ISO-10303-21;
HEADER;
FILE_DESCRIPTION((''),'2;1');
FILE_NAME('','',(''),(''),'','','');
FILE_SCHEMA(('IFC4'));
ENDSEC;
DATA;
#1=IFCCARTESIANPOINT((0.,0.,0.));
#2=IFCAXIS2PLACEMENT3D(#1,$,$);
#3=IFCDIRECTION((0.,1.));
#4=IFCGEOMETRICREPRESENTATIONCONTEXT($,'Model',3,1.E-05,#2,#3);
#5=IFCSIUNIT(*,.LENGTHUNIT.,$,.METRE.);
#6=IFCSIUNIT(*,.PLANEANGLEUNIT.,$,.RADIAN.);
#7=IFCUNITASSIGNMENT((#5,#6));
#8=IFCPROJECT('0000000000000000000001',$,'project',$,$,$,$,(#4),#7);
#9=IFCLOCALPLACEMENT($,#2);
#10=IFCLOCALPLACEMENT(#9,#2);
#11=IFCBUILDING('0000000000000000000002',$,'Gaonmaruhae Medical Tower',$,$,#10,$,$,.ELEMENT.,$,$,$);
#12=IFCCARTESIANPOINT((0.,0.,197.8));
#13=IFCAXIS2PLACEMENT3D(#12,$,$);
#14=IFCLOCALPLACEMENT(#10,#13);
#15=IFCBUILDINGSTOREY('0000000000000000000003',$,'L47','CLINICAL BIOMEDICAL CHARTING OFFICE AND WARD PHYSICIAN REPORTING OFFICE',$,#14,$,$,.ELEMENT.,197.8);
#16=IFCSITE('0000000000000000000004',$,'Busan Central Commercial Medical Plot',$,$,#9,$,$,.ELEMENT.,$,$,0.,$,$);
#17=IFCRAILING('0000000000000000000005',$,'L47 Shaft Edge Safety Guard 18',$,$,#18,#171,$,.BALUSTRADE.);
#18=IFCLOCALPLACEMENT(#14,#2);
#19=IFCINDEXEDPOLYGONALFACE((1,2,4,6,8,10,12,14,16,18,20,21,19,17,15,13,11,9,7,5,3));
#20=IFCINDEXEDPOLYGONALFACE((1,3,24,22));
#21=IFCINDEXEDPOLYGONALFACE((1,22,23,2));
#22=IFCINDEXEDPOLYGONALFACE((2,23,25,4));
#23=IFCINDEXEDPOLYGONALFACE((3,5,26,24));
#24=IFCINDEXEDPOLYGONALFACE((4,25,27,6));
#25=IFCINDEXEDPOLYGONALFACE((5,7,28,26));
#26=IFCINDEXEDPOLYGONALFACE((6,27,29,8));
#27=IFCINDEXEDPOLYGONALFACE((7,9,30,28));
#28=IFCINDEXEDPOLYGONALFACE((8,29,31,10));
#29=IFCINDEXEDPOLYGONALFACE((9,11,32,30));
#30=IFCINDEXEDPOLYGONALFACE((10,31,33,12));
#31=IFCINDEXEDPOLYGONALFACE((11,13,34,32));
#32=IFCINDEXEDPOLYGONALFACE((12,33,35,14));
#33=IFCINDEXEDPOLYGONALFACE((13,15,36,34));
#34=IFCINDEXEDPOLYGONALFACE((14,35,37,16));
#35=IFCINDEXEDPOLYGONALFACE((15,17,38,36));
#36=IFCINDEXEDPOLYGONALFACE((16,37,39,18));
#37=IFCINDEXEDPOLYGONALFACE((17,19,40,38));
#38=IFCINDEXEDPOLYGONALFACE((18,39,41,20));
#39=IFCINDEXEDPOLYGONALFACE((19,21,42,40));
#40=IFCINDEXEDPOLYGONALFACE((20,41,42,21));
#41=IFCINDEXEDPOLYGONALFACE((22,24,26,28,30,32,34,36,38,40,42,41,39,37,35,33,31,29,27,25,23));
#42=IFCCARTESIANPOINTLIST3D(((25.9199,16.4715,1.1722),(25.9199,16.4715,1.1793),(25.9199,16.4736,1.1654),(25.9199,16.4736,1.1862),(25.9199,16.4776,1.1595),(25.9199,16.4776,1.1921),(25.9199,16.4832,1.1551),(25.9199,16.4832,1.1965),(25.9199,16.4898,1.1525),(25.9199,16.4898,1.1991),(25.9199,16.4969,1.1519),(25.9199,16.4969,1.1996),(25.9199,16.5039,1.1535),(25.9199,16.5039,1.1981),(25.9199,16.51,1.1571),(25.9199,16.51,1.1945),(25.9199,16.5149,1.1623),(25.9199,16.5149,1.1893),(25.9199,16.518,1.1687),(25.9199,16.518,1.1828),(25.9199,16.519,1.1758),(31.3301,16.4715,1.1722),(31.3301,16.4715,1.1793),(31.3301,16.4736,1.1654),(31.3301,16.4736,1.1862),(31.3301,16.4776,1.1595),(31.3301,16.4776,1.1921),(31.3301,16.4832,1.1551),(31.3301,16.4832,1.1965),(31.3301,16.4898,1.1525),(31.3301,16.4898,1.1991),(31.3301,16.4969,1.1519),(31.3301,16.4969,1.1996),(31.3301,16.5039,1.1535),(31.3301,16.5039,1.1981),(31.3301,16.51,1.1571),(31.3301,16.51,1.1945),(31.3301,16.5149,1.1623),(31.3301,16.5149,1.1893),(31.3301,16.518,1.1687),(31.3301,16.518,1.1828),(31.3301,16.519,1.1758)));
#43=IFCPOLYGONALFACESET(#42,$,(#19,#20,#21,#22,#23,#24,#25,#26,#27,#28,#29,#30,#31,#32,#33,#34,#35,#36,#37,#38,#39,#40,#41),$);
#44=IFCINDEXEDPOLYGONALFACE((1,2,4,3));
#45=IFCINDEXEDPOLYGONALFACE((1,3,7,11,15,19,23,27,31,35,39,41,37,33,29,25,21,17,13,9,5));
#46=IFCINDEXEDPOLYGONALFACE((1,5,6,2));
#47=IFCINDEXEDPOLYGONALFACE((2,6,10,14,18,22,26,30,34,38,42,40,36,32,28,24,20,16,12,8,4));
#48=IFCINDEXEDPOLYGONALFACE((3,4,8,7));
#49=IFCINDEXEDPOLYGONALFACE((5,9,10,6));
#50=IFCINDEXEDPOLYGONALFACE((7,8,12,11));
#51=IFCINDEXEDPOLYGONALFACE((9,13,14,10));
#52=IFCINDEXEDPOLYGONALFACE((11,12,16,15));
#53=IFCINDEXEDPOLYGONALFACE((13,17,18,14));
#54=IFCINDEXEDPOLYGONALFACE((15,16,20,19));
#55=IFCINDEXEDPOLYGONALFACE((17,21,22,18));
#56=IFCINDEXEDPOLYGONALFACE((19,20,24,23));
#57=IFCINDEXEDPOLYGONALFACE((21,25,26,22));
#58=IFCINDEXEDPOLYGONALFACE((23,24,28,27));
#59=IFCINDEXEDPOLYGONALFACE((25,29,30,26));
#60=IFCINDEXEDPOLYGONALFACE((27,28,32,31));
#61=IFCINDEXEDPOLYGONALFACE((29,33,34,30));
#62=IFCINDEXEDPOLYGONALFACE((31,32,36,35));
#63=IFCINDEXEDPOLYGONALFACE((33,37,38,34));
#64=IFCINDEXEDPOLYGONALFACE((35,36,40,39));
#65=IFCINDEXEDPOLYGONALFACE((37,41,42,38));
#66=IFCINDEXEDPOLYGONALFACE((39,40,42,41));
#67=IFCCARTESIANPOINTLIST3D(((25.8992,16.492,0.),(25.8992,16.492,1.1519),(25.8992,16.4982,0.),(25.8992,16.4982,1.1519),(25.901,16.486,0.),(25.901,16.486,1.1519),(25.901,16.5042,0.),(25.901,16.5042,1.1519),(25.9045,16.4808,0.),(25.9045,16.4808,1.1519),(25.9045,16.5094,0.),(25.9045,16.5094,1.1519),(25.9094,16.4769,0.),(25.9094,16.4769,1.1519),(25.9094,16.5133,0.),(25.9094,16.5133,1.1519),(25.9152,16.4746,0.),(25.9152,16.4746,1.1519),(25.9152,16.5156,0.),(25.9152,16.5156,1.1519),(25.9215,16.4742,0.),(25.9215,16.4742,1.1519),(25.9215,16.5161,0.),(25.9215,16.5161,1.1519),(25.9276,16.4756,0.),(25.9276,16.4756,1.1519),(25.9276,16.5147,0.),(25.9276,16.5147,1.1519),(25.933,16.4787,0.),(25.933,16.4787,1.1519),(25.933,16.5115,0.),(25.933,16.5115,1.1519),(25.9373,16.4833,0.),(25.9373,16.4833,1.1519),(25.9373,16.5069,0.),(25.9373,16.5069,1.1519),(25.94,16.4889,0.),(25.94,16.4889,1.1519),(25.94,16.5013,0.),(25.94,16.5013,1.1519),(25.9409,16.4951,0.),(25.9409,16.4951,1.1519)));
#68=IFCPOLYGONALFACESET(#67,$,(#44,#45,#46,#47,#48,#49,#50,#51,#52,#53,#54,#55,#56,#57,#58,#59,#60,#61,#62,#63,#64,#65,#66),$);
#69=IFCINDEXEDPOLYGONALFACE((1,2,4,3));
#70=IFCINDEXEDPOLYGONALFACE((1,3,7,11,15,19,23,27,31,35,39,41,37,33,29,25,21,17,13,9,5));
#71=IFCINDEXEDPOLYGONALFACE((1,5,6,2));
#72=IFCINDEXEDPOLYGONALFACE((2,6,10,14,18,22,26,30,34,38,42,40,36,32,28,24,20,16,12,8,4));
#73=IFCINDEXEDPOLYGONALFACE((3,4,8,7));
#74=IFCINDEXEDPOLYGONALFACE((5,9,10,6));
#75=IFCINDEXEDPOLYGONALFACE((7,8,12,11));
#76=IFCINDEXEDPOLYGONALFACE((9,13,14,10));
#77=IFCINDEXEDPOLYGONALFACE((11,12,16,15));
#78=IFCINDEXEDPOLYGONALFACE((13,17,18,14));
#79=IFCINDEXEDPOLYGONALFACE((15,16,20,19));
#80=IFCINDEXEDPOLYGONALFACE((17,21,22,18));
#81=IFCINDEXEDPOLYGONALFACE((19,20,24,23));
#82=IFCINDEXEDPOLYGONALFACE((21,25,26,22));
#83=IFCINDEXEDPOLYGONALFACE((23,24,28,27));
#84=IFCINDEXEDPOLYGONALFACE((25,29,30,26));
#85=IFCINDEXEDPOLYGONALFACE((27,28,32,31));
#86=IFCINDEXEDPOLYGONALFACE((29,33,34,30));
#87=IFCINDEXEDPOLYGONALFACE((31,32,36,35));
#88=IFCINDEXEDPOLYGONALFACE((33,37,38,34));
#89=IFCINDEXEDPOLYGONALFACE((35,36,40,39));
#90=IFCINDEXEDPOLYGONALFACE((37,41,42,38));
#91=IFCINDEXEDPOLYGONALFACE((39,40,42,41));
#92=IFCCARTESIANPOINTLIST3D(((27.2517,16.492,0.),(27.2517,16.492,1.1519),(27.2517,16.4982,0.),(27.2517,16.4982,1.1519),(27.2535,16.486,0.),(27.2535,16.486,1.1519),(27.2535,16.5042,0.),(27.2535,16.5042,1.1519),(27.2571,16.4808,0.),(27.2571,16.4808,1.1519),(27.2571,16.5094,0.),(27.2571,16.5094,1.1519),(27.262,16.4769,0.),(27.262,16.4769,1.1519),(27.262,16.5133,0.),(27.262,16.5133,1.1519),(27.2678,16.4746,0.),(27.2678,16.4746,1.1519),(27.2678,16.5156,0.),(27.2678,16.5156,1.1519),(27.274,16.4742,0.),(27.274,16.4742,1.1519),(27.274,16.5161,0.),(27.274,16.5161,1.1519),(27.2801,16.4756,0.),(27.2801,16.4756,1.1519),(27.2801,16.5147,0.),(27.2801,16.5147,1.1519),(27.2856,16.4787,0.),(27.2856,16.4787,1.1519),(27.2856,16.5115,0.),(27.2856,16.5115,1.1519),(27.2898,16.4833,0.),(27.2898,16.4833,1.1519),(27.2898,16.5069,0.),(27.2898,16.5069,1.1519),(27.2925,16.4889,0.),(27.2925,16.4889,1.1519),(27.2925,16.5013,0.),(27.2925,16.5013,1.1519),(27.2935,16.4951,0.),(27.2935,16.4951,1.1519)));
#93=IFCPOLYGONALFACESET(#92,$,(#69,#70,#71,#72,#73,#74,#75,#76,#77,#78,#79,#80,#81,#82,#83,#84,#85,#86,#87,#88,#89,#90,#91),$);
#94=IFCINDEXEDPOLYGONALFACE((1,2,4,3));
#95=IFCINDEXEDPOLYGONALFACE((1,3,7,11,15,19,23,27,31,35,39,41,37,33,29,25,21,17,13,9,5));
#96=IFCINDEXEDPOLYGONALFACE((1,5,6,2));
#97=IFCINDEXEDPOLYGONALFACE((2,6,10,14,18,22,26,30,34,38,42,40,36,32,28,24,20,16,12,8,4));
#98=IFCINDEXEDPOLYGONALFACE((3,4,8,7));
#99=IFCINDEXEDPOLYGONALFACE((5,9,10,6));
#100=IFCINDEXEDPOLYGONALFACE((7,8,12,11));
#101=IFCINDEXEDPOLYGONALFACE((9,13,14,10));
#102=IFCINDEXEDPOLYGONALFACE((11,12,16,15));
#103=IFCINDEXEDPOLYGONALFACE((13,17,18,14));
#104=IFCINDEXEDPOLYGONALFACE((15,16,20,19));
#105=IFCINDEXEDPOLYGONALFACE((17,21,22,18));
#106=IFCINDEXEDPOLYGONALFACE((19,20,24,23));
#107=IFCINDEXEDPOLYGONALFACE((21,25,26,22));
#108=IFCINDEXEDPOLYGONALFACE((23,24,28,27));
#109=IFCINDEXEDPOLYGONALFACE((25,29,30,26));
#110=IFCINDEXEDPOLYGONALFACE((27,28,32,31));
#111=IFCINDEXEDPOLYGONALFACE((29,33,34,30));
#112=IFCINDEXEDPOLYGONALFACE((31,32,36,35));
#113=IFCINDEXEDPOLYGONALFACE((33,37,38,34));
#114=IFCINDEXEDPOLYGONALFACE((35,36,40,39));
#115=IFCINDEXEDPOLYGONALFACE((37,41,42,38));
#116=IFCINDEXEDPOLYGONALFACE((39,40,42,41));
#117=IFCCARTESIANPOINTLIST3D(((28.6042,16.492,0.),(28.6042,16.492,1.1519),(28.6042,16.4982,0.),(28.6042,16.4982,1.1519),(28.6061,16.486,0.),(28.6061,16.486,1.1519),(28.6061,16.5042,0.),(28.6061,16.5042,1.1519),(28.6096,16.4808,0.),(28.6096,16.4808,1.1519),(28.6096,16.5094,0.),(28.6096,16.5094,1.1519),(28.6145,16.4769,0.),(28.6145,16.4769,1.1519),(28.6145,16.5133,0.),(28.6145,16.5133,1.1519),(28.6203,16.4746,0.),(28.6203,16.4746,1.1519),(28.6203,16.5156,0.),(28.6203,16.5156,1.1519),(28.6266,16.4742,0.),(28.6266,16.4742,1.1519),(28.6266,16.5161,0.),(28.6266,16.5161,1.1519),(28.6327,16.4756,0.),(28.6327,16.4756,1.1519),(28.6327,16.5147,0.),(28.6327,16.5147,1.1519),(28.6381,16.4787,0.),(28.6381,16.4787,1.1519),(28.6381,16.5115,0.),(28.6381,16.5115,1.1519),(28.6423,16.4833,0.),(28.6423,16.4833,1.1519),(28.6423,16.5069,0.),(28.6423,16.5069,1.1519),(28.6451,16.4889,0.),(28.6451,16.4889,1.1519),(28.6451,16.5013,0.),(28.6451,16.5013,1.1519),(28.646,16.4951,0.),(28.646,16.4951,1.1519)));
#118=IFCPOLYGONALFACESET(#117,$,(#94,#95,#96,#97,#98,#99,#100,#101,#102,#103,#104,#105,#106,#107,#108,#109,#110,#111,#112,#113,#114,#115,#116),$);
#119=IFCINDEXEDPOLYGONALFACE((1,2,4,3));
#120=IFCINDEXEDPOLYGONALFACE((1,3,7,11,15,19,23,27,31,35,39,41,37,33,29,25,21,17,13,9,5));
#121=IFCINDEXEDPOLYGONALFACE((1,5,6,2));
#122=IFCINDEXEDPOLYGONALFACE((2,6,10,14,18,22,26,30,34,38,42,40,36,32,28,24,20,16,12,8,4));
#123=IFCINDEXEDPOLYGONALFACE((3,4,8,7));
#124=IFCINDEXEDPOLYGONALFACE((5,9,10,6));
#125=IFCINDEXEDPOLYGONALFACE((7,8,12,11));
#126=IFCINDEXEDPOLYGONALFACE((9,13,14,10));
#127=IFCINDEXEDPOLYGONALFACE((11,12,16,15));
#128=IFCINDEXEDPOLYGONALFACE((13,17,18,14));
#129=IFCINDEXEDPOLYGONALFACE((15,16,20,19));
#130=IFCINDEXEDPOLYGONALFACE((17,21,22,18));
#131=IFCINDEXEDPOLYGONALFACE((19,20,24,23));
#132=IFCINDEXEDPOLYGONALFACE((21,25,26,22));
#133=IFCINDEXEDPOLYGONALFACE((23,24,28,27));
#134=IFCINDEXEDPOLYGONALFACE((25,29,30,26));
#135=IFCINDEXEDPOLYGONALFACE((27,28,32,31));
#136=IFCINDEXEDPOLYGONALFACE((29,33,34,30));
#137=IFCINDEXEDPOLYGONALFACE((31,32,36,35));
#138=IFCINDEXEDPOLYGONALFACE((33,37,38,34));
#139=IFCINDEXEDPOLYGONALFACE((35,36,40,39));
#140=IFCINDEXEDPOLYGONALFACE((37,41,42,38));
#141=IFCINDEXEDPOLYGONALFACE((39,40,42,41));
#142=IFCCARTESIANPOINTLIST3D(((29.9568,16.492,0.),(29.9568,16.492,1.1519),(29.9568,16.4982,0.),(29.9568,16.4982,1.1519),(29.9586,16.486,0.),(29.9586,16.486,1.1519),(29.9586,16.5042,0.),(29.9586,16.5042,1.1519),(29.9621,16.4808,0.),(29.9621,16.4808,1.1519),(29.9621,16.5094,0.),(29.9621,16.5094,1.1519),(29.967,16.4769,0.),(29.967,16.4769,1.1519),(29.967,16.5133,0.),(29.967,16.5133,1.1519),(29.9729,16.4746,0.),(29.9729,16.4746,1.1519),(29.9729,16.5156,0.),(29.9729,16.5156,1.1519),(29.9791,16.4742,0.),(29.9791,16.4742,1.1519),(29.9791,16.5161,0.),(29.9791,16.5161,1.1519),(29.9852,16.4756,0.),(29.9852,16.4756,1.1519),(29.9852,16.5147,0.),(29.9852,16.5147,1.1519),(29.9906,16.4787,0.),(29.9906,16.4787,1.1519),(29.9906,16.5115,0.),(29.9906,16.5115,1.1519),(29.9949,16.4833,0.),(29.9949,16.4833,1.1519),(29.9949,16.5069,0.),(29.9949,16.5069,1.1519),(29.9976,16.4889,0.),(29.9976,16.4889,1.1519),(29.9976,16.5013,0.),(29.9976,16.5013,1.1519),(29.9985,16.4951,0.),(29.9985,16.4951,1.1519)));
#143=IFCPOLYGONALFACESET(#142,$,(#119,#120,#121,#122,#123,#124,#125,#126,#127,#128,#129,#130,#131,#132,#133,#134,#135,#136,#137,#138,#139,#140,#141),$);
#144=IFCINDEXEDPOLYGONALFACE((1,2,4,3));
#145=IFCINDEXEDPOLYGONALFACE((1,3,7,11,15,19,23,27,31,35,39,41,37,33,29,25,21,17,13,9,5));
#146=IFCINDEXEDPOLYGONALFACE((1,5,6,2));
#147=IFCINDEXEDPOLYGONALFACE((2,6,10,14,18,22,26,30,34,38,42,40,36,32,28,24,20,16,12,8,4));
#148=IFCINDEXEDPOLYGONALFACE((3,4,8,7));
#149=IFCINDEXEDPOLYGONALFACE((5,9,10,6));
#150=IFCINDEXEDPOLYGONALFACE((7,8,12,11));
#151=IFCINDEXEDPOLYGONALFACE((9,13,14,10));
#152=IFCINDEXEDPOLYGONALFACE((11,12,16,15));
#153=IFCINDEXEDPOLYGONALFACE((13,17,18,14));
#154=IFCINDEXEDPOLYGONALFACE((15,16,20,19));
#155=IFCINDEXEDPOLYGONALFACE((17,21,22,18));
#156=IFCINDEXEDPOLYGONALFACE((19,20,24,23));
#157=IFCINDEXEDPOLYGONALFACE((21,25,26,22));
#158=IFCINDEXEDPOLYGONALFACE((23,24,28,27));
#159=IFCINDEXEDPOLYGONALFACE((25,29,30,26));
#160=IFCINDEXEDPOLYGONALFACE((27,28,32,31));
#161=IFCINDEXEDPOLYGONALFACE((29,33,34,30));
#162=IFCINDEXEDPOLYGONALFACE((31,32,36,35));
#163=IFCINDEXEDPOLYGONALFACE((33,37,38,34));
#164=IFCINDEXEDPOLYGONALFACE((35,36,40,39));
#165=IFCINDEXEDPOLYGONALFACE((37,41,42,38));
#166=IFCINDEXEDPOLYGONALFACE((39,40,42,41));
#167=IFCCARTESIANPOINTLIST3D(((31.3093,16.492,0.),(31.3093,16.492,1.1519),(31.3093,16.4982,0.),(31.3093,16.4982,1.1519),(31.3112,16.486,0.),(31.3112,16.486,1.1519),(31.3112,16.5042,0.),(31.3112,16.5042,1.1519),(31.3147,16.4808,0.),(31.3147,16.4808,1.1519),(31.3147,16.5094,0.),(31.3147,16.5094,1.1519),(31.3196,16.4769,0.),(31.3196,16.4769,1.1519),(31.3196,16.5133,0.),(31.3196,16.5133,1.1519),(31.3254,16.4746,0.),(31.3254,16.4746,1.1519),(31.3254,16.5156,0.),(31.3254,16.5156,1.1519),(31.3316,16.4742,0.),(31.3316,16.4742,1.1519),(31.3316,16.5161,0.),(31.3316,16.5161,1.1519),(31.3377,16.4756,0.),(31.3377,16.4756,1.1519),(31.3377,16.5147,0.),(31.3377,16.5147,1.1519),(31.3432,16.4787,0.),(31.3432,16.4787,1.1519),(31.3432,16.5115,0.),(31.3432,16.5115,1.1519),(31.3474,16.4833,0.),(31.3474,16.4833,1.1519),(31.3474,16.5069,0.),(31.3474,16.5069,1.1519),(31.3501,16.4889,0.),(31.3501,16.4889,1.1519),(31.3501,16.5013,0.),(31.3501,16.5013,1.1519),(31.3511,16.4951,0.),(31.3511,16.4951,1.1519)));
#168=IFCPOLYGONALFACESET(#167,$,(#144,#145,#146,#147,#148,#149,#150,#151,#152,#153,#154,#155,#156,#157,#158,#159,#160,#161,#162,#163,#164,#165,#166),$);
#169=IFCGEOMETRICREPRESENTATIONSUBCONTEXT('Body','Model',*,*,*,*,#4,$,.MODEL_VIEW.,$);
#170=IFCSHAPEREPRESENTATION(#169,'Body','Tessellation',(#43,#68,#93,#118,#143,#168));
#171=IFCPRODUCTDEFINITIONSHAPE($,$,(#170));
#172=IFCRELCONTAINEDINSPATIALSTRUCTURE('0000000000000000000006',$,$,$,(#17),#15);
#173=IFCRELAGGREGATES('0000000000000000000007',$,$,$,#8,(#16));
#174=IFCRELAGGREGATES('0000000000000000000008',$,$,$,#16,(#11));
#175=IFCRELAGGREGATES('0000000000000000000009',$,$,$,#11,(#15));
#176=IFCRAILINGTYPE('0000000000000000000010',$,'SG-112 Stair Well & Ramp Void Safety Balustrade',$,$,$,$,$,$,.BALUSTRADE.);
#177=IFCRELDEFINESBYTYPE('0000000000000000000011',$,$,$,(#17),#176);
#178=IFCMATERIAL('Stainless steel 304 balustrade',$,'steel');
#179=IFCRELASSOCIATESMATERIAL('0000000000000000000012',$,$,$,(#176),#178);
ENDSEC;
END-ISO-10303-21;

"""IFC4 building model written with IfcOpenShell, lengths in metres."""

from ifc_helpers import new_model, si_unit, direction, frame, origin, origin_2d, place, context, subcontext, project, spatial, circle, extrude, material, type_object, element, save


model = new_model("IFC4")

# Units and contexts
model_context = context("Model", 3, precision=1e-05, world=origin(), true_north=direction((0.0, 1.0)))
body_context = subcontext(model_context, "Body", "Model", "MODEL_VIEW")
ifc_project = project(units=[si_unit("LENGTHUNIT", "METRE"), si_unit("PLANEANGLEUNIT", "RADIAN")], contexts=[model_context])

# Site, building, storey
site_placement = place(None, origin())
site = spatial("IfcSite", under=ifc_project, at=site_placement, Name="Busan Central Commercial Medical Plot", CompositionType="ELEMENT", RefElevation=0.0)
building_placement = place(site_placement, origin())
building = spatial("IfcBuilding", under=site, at=building_placement, Name="Gaonmaruhae Medical Tower", CompositionType="ELEMENT")
storey_placement = place(building_placement, frame((0.0, 0.0, 197.8)))
storey = spatial("IfcBuildingStorey", under=building, at=storey_placement, Name="L47", Description="CLINICAL BIOMEDICAL CHARTING OFFICE AND WARD PHYSICIAN REPORTING OFFICE", CompositionType="ELEMENT", Elevation=197.8)

# Railing
ifc_material_1 = material(Name="Stainless steel 304 balustrade", Category="steel")
railing_type = type_object("IfcRailingType", Name="SG-112 Stair Well & Ramp Void Safety Balustrade", PredefinedType="BALUSTRADE", material=ifc_material_1)
railing_1_placement = place(storey_placement, frame((25.9199, 16.4951, 0.0)))
element("IfcRailing", 1, at=railing_1_placement, inside=storey, type_object=railing_type, Name="L47 Shaft Edge Safety Guard 18", PredefinedType="BALUSTRADE", context=body_context, shape_type="SweptSolid", body=[
    extrude(circle(Radius=0.0239, at=origin_2d()), frame((0.0, 0.0, 1.1758), z_axis=(1.0, 0.0, 0.0), x_axis=(0.0, 1.0, 0.0)), (0.0, 0.0, 1.0), 5.4102),
    extrude(circle(Radius=0.021, at=origin_2d()), origin(), (0.0, 0.0, 1.0), 1.1519),
    extrude(circle(Radius=0.021, at=origin_2d()), frame((1.3525, 0.0, 0.0)), (0.0, 0.0, 1.0), 1.1519),
    extrude(circle(Radius=0.021, at=origin_2d()), frame((2.7051, 0.0, 0.0)), (0.0, 0.0, 1.0), 1.1519),
    extrude(circle(Radius=0.021, at=origin_2d()), frame((4.0576, 0.0, 0.0)), (0.0, 0.0, 1.0), 1.1519),
    extrude(circle(Radius=0.021, at=origin_2d()), frame((5.4102, 0.0, 0.0)), (0.0, 0.0, 1.0), 1.1519),
])

save(model, "model.ifc")
